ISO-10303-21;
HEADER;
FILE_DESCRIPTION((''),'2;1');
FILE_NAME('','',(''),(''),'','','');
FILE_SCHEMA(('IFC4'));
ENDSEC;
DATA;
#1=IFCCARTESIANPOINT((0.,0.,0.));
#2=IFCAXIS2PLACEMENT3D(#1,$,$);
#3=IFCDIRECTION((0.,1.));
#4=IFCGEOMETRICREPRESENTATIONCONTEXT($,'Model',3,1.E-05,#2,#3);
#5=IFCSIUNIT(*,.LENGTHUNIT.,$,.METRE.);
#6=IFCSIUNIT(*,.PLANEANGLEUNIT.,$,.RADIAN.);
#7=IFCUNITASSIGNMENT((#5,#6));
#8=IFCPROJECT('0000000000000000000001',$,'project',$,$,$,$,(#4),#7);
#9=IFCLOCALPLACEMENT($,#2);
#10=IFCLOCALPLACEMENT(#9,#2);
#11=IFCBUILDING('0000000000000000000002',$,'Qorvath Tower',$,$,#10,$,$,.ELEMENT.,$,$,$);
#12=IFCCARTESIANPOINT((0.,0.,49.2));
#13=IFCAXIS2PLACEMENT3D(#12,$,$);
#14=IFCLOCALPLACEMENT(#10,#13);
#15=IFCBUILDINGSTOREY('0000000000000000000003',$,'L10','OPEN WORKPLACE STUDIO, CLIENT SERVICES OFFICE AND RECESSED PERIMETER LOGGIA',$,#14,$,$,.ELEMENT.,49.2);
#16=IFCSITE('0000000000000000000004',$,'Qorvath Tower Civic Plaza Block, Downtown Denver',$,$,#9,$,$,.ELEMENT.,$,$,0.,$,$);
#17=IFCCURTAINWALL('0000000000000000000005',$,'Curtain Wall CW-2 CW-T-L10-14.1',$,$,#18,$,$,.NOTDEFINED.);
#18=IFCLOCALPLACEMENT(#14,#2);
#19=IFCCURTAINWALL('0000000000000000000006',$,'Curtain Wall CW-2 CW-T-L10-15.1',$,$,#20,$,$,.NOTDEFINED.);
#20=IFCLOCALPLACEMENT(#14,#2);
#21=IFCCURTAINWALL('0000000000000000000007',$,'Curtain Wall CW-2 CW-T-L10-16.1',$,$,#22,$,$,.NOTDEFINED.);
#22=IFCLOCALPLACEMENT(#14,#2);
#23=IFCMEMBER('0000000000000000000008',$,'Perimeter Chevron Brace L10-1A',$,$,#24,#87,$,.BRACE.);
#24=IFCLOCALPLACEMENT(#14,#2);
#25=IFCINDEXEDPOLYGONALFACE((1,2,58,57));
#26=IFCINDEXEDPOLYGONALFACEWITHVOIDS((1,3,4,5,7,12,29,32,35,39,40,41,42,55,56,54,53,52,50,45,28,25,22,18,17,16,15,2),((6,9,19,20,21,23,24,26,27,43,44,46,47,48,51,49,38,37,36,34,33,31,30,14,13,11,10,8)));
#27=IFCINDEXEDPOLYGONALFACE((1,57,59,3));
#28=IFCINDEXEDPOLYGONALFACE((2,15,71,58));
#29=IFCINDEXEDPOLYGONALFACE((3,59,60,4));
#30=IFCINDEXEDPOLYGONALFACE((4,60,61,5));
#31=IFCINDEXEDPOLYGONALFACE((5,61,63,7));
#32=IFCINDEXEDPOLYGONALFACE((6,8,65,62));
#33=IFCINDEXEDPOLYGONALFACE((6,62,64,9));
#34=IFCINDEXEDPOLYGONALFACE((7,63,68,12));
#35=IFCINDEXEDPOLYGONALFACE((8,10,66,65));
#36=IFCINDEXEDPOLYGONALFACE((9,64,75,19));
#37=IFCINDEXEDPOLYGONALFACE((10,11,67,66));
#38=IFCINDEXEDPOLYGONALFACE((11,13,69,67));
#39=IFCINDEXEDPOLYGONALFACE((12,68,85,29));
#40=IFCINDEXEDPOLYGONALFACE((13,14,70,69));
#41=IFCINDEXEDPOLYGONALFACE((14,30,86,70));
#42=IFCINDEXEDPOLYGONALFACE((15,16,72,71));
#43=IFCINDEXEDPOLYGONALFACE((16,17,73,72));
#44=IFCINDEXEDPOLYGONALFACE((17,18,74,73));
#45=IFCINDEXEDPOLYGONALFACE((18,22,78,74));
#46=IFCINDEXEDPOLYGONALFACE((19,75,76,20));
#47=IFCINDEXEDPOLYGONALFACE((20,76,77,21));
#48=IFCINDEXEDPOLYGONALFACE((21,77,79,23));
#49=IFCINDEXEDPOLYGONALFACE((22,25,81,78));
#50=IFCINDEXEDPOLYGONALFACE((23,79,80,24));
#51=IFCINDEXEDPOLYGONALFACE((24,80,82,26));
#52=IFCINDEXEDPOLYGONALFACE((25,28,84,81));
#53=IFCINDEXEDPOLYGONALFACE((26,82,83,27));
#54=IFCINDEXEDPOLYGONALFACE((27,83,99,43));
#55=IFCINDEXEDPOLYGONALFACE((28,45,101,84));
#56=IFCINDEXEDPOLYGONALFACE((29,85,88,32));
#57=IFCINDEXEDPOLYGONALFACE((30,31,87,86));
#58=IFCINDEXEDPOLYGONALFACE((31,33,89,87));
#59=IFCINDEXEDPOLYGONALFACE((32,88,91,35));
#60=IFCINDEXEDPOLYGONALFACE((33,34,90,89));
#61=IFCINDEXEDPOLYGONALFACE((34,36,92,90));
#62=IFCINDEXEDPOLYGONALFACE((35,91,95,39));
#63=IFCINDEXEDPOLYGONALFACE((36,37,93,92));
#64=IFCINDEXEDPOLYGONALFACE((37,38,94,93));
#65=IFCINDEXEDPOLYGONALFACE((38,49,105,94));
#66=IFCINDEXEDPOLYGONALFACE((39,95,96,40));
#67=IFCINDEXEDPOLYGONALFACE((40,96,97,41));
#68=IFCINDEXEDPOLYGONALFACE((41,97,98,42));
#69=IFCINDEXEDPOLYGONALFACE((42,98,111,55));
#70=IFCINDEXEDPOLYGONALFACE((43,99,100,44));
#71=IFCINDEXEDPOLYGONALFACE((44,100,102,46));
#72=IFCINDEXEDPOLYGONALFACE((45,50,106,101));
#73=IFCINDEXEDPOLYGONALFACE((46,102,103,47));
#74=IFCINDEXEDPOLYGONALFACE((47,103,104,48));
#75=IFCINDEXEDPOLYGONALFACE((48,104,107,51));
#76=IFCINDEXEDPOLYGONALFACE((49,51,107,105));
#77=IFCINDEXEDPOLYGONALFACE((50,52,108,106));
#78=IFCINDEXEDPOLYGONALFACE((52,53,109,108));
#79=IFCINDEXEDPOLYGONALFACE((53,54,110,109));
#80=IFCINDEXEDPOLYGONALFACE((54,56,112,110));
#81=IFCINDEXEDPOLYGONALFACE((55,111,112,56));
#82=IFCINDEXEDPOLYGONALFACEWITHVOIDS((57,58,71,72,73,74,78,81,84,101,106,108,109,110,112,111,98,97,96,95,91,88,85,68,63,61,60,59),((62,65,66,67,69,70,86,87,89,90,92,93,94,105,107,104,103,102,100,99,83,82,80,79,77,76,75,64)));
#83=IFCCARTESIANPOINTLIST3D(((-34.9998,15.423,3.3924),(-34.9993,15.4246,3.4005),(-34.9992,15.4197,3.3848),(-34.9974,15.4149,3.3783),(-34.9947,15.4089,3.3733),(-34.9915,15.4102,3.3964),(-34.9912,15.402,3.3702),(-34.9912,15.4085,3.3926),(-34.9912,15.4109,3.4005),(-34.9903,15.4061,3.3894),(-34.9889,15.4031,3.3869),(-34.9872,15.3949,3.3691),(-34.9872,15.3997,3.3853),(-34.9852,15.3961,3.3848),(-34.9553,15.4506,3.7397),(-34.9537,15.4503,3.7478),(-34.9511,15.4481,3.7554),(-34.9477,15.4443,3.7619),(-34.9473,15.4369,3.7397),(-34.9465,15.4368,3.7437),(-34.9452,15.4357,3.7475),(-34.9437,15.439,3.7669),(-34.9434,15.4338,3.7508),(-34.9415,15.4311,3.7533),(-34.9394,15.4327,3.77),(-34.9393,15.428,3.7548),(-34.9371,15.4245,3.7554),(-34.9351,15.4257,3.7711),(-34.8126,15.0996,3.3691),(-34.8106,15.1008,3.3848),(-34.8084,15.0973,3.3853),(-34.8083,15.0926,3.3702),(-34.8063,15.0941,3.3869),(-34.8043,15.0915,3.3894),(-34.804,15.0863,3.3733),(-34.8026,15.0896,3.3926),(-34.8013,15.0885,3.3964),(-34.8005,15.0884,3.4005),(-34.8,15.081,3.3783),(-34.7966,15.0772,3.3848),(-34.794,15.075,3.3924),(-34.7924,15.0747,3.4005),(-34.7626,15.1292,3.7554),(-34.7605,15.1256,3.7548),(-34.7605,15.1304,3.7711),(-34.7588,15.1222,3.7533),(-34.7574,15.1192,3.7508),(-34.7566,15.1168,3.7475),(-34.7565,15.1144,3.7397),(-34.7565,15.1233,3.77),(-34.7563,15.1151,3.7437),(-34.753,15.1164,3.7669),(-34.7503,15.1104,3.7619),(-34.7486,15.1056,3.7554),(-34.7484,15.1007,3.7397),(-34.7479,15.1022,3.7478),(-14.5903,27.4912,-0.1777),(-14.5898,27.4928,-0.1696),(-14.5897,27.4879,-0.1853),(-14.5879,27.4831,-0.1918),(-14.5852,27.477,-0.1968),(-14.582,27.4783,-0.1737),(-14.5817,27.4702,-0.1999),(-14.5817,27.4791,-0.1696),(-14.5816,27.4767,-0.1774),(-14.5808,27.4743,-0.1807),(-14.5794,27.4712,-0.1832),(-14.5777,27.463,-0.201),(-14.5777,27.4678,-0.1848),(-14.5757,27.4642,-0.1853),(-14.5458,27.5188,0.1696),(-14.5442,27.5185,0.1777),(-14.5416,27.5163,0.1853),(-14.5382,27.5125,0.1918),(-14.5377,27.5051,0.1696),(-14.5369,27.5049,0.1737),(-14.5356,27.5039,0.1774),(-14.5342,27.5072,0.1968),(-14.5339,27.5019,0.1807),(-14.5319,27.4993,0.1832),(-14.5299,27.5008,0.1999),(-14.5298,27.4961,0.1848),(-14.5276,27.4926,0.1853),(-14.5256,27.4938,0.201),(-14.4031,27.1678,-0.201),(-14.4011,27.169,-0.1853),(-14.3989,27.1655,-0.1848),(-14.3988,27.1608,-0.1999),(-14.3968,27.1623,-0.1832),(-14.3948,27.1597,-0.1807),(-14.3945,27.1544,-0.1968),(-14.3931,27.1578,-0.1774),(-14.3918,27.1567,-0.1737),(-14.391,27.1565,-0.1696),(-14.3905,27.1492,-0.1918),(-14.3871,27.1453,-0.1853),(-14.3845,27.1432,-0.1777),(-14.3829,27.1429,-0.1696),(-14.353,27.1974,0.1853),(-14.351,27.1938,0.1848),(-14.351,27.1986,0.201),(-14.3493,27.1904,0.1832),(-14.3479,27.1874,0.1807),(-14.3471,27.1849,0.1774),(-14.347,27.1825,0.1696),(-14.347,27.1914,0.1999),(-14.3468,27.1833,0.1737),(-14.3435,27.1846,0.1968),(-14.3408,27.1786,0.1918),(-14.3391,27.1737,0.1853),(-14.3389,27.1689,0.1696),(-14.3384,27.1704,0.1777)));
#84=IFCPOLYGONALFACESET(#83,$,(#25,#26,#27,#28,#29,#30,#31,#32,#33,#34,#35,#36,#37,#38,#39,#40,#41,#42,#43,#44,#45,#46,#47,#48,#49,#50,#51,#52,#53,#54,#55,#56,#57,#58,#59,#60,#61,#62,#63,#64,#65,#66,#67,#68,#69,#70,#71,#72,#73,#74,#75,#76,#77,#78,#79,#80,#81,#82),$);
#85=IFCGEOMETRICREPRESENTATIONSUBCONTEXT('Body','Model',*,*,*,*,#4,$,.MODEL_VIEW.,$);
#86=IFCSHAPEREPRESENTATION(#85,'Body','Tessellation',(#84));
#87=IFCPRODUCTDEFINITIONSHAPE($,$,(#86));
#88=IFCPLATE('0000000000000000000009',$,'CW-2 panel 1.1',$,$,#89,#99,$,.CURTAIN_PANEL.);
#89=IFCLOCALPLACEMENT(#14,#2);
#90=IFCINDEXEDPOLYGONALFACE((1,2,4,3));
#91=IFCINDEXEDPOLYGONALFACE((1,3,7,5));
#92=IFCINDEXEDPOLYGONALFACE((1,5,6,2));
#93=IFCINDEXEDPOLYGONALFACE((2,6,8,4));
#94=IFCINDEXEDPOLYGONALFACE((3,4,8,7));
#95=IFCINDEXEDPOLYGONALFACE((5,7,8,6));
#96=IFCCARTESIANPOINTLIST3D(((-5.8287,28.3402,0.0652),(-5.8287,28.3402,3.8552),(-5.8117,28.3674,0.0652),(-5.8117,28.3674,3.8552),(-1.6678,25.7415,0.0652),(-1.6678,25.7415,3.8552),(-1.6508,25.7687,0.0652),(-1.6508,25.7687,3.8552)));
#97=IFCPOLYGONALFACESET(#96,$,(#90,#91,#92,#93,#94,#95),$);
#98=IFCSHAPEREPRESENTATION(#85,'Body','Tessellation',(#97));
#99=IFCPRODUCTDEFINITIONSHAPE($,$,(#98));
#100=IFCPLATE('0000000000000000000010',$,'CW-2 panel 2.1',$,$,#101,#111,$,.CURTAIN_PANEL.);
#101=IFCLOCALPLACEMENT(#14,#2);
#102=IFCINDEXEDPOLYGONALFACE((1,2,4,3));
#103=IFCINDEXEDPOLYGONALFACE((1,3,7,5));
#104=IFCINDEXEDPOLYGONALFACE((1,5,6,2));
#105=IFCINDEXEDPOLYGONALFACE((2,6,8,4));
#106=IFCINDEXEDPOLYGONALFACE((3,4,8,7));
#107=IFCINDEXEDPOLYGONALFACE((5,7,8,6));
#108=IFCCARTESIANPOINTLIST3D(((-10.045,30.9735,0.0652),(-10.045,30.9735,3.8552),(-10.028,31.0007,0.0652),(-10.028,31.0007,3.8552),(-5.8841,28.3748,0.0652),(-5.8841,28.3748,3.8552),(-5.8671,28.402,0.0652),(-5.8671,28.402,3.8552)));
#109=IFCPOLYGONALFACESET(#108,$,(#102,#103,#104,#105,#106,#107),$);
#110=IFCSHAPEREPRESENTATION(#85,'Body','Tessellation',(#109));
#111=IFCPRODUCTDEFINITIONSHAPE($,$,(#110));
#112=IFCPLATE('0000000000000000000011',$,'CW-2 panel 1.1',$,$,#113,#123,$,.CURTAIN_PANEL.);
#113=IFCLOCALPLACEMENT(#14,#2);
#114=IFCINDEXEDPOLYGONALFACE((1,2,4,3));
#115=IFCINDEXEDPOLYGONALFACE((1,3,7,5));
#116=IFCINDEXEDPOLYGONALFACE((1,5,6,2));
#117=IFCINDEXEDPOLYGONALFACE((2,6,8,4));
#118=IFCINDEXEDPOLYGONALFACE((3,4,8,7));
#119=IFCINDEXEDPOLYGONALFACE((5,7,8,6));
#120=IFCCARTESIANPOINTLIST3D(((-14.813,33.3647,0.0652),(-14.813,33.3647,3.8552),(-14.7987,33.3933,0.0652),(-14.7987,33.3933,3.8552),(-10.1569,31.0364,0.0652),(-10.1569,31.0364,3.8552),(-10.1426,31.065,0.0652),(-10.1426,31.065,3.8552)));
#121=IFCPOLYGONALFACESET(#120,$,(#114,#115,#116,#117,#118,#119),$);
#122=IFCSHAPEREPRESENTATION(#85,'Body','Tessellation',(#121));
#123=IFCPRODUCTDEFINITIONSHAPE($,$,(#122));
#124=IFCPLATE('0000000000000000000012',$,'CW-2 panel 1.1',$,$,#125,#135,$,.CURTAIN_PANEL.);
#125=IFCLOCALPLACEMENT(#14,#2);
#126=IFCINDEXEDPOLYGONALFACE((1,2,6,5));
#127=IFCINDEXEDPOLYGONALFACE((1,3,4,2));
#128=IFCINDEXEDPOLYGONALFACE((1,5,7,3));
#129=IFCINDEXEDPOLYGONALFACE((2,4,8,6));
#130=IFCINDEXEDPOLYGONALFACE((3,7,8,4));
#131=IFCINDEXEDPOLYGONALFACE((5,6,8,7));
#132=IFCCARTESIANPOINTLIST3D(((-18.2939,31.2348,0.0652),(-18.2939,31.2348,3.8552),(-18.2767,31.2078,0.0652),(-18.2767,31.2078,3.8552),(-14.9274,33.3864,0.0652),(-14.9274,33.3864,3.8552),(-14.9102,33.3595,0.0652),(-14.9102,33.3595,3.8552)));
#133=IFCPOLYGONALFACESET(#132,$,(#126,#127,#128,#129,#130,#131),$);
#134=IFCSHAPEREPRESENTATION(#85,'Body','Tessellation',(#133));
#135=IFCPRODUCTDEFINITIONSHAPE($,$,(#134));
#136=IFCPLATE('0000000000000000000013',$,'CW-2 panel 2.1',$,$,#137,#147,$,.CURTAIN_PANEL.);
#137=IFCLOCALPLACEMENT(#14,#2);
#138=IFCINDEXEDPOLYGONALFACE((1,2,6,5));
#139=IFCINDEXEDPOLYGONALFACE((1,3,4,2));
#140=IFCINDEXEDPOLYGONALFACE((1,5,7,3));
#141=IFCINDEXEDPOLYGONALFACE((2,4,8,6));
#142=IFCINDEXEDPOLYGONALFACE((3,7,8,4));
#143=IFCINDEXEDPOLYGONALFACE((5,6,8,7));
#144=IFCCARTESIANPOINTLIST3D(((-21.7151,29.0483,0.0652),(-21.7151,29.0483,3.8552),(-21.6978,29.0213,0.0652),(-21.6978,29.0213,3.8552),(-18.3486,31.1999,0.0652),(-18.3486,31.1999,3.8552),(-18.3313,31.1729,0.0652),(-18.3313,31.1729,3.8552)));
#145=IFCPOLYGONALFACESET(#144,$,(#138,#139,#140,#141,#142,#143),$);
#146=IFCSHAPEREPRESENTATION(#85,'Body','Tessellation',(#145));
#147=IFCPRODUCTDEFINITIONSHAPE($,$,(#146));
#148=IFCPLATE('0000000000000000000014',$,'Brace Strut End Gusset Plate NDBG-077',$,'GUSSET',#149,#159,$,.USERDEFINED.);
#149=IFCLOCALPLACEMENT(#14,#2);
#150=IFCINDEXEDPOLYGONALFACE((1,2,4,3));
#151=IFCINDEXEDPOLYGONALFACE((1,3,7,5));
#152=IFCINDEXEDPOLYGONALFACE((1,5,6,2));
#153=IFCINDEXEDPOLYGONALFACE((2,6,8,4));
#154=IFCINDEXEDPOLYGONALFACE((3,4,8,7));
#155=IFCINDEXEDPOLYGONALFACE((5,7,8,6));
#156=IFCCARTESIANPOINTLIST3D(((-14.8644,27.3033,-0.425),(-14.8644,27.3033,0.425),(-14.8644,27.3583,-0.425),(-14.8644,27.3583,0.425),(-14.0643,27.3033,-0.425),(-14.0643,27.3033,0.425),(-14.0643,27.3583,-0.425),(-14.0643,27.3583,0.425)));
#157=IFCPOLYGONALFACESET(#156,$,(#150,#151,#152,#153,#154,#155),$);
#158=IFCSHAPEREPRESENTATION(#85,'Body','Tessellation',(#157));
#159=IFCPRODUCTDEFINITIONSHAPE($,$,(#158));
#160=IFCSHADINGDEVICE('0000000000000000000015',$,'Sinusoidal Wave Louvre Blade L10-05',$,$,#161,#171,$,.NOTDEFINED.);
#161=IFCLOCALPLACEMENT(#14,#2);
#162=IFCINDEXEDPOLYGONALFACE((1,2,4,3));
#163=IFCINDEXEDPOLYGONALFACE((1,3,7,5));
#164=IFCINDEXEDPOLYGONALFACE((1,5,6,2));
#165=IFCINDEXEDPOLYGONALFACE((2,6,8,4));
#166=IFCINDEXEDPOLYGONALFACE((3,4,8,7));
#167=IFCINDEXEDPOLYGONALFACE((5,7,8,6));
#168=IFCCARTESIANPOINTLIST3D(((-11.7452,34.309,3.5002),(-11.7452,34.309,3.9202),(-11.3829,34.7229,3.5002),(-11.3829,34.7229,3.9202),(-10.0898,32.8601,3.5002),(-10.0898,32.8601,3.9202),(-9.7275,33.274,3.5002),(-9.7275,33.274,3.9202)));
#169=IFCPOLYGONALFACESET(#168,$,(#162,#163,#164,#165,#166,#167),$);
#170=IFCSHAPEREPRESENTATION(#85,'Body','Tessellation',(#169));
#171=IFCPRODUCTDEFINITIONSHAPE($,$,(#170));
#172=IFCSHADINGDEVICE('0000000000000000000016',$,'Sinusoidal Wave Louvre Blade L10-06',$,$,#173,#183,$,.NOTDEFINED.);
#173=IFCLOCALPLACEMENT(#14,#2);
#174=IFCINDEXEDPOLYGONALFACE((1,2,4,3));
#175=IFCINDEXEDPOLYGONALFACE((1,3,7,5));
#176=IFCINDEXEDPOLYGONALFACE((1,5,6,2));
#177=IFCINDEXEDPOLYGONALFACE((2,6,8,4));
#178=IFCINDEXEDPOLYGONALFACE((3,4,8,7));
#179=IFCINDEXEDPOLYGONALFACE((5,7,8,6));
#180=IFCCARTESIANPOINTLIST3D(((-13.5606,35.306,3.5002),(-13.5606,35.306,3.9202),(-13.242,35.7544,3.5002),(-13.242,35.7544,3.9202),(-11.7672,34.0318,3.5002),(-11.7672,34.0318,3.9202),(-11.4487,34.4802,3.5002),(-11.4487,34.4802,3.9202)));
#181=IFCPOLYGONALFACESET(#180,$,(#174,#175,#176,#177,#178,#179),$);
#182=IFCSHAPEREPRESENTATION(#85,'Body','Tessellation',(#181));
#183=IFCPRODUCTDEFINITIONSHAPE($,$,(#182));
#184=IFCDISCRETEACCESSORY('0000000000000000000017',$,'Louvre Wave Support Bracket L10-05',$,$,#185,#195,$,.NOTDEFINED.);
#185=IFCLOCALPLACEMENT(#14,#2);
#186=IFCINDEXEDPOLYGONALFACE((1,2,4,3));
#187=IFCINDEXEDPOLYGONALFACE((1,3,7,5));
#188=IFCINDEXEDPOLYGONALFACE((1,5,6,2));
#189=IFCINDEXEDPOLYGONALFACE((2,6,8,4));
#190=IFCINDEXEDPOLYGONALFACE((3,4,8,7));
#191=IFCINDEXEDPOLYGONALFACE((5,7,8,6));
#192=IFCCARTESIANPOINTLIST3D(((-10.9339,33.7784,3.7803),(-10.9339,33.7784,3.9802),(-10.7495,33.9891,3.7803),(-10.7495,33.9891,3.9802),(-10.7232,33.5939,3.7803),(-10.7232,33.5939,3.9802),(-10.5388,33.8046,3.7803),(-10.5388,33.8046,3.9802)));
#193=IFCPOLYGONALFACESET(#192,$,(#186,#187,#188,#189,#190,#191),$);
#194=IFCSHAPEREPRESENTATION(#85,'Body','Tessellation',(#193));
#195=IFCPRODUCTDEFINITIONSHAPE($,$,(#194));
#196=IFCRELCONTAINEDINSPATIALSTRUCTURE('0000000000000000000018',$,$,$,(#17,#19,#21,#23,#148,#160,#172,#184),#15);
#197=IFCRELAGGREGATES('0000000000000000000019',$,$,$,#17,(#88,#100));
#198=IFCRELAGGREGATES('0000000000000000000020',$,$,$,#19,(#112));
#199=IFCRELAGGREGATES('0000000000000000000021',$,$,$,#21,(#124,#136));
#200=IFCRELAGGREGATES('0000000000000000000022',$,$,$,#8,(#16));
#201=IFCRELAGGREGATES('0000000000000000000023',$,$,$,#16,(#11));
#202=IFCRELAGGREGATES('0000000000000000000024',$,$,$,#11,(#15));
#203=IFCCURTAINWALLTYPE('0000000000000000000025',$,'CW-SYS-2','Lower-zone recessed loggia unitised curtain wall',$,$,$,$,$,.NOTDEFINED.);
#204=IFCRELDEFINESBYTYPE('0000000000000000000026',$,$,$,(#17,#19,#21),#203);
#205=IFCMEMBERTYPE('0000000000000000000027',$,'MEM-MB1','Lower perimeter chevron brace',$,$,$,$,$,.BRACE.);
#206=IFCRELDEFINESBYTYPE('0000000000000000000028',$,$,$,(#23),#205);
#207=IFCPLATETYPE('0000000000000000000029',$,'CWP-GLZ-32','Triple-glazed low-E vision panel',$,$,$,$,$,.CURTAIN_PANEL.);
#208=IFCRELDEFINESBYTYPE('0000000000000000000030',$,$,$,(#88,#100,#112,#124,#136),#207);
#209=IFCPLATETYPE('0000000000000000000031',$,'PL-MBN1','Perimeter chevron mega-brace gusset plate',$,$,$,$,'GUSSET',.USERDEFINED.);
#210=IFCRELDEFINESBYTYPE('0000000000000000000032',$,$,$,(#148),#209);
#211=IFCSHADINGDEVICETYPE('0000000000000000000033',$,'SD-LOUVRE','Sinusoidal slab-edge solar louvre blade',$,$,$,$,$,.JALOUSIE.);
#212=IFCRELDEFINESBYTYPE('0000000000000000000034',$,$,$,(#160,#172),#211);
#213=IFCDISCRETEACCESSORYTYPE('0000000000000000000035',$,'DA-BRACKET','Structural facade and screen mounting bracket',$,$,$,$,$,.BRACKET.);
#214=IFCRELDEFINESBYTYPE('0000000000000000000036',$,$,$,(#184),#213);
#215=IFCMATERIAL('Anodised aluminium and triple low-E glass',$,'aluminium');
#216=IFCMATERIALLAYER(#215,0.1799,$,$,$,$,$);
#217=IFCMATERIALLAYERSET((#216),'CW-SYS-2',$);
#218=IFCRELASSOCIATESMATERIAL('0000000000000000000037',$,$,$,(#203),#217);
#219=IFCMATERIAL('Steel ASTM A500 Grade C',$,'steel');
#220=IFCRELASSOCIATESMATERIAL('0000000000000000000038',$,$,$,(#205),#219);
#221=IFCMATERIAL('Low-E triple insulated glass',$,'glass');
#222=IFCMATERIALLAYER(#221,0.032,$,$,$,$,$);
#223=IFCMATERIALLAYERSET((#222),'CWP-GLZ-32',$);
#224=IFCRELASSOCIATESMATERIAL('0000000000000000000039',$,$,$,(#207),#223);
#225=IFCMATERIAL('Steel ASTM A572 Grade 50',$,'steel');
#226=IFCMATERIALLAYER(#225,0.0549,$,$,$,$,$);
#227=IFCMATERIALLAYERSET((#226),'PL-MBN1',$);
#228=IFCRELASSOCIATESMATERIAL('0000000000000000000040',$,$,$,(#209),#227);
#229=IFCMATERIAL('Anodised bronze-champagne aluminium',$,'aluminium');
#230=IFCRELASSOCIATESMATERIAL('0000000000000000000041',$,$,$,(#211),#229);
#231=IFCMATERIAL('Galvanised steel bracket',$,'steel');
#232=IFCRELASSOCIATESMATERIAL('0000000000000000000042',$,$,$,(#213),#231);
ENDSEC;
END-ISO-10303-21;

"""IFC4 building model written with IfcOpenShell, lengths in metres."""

from ifc_helpers import new_model, si_unit, direction, frame, origin, origin_2d, place, context, subcontext, project, spatial, rectangle, hollow_rectangle, extrude, material, layer, layer_set, material_profile, profile_set, type_object, element, aggregate, save


model = new_model("IFC4")

# Units and contexts
model_context = context("Model", 3, precision=1e-05, world=origin(), true_north=direction((0.0, 1.0)))
body_context = subcontext(model_context, "Body", "Model", "MODEL_VIEW")
ifc_project = project(units=[si_unit("LENGTHUNIT", "METRE"), si_unit("PLANEANGLEUNIT", "RADIAN")], contexts=[model_context])

# Site, building, storey
site_placement = place(None, origin())
site = spatial("IfcSite", under=ifc_project, at=site_placement, Name="Qorvath Tower Civic Plaza Block, Downtown Denver", CompositionType="ELEMENT", RefElevation=0.0)
building_placement = place(site_placement, origin())
building = spatial("IfcBuilding", under=site, at=building_placement, Name="Qorvath Tower", CompositionType="ELEMENT")
storey_placement = place(building_placement, frame((0.0, 0.0, 49.2)))
storey = spatial("IfcBuildingStorey", under=building, at=storey_placement, Name="L10", Description="OPEN WORKPLACE STUDIO, CLIENT SERVICES OFFICE AND RECESSED PERIMETER LOGGIA", CompositionType="ELEMENT", Elevation=49.2)

# Curtain walls
ifc_material_1 = material(Name="Anodised aluminium and triple low-E glass", Category="aluminium")
ifc_layer_1 = layer(ifc_material_1, 0.1799)
ifc_layer_set_1 = layer_set([ifc_layer_1], Name="CW-SYS-2")
curtain_wall_type = type_object("IfcCurtainWallType", Name="CW-SYS-2", Description="Lower-zone recessed loggia unitised curtain wall", PredefinedType="NOTDEFINED", material=ifc_layer_set_1)
curtain_wall_1_placement = place(storey_placement, origin())
curtain_wall_1 = element("IfcCurtainWall", 1, at=curtain_wall_1_placement, inside=storey, type_object=curtain_wall_type, Name="Curtain Wall CW-2 CW-T-L10-14.1", PredefinedType="NOTDEFINED")
curtain_wall_2_placement = place(storey_placement, origin())
curtain_wall_2 = element("IfcCurtainWall", 2, at=curtain_wall_2_placement, inside=storey, type_object=curtain_wall_type, Name="Curtain Wall CW-2 CW-T-L10-15.1", PredefinedType="NOTDEFINED")
curtain_wall_3_placement = place(storey_placement, origin())
curtain_wall_3 = element("IfcCurtainWall", 3, at=curtain_wall_3_placement, inside=storey, type_object=curtain_wall_type, Name="Curtain Wall CW-2 CW-T-L10-16.1", PredefinedType="NOTDEFINED")

# Member
ifc_material_2 = material(Name="Steel ASTM A500 Grade C", Category="steel")
ifc_material_profile_1 = material_profile(ifc_material_2, hollow_rectangle(XDim=0.4065, YDim=0.4065, WallThickness=0.0159, InnerFilletRadius=0.0159, OuterFilletRadius=0.0317, at=origin_2d()), Name="HSS 406x406x16")
ifc_profile_set_1 = profile_set([ifc_material_profile_1], Name="Steel ASTM A500 Grade C")
member_type_1 = type_object("IfcMemberType", Name="MEM-MB1", Description="Lower perimeter chevron brace", PredefinedType="BRACE", material=ifc_profile_set_1)
member_1_placement = place(storey_placement, frame((-14.4644, 27.3308, 0.0), z_axis=(-0.851184, -0.503306, 0.148891), x_axis=(0.508979, -0.860779, 0.0)))
element("IfcMember", 4, at=member_1_placement, inside=storey, type_object=member_type_1, Name="Perimeter Chevron Brace L10-1A", PredefinedType="BRACE", context=body_context, shape_type="SweptSolid", body=[
    extrude(hollow_rectangle(XDim=0.4065, YDim=0.4065, WallThickness=0.0159, InnerFilletRadius=0.0159, OuterFilletRadius=0.0317, at=origin_2d()), origin(), (0.0, 0.0, 1.0), 23.9778),
])

# Plates
ifc_material_3 = material(Name="Low-E triple insulated glass", Category="glass")
ifc_layer_2 = layer(ifc_material_3, 0.032)
ifc_layer_set_2 = layer_set([ifc_layer_2], Name="CWP-GLZ-32")
plate_type_1 = type_object("IfcPlateType", Name="CWP-GLZ-32", Description="Triple-glazed low-E vision panel", PredefinedType="CURTAIN_PANEL", material=ifc_layer_set_2)
plate_1_placement = place(storey_placement, frame((-3.7397, 27.0544, 0.0652), z_axis=(0.0, 0.0, 1.0), x_axis=(-0.84817, 0.529724, 0.0)))
plate_1 = element("IfcPlate", 5, at=plate_1_placement, type_object=plate_type_1, Name="CW-2 panel 1.1", PredefinedType="CURTAIN_PANEL", context=body_context, shape_type="SweptSolid", body=[
    extrude(rectangle(XDim=4.9058, YDim=0.032, at=origin_2d()), origin(), (0.0, 0.0, 1.0), 3.79),
])
plate_2_placement = place(storey_placement, frame((-7.9561, 29.6877, 0.0652), z_axis=(0.0, 0.0, 1.0), x_axis=(-0.84817, 0.529724, 0.0)))
plate_2 = element("IfcPlate", 6, at=plate_2_placement, type_object=plate_type_1, Name="CW-2 panel 2.1", PredefinedType="CURTAIN_PANEL", context=body_context, shape_type="SweptSolid", body=[
    extrude(rectangle(XDim=4.9058, YDim=0.032, at=origin_2d()), origin(), (0.0, 0.0, 1.0), 3.79),
])
aggregate(curtain_wall_1, [plate_1, plate_2])
plate_3_placement = place(storey_placement, frame((-12.4778, 32.2148, 0.0652), z_axis=(0.0, 0.0, 1.0), x_axis=(-0.894405, 0.447259, 0.0)))
plate_3 = element("IfcPlate", 7, at=plate_3_placement, type_object=plate_type_1, Name="CW-2 panel 1.1", PredefinedType="CURTAIN_PANEL", context=body_context, shape_type="SweptSolid", body=[
    extrude(rectangle(XDim=5.2058, YDim=0.032, at=origin_2d()), origin(), (0.0, 0.0, 1.0), 3.79),
])
aggregate(curtain_wall_2, [plate_3])
plate_4_placement = place(storey_placement, frame((-16.6021, 32.2971, 0.0652), z_axis=(0.0, 0.0, 1.0), x_axis=(-0.842604, -0.538533, 0.0)))
plate_4 = element("IfcPlate", 8, at=plate_4_placement, type_object=plate_type_1, Name="CW-2 panel 1.1", PredefinedType="CURTAIN_PANEL", context=body_context, shape_type="SweptSolid", body=[
    extrude(rectangle(XDim=3.9954, YDim=0.032, at=origin_2d()), origin(), (0.0, 0.0, 1.0), 3.79),
])
plate_5_placement = place(storey_placement, frame((-20.0232, 30.1106, 0.0652), z_axis=(0.0, 0.0, 1.0), x_axis=(-0.842604, -0.538533, 0.0)))
plate_5 = element("IfcPlate", 9, at=plate_5_placement, type_object=plate_type_1, Name="CW-2 panel 2.1", PredefinedType="CURTAIN_PANEL", context=body_context, shape_type="SweptSolid", body=[
    extrude(rectangle(XDim=3.9954, YDim=0.032, at=origin_2d()), origin(), (0.0, 0.0, 1.0), 3.79),
])
aggregate(curtain_wall_3, [plate_4, plate_5])
ifc_material_4 = material(Name="Steel ASTM A572 Grade 50", Category="steel")
ifc_layer_3 = layer(ifc_material_4, 0.0549)
ifc_layer_set_3 = layer_set([ifc_layer_3], Name="PL-MBN1")
plate_type_2 = type_object("IfcPlateType", Name="PL-MBN1", Description="Perimeter chevron mega-brace gusset plate", ElementType="GUSSET", PredefinedType="USERDEFINED", material=ifc_layer_set_3)
plate_6_placement = place(storey_placement, frame((-14.4644, 27.3308, -0.425), z_axis=(0.0, 0.0, 1.0), x_axis=(1.0, 0.0, 0.0)))
element("IfcPlate", 10, at=plate_6_placement, inside=storey, type_object=plate_type_2, Name="Brace Strut End Gusset Plate NDBG-077", ObjectType="GUSSET", PredefinedType="USERDEFINED", context=body_context, shape_type="SweptSolid", body=[
    extrude(rectangle(XDim=0.8, YDim=0.0549, at=origin_2d()), origin(), (0.0, 0.0, 1.0), 0.8501),
])

# Shading devices
ifc_material_5 = material(Name="Anodised bronze-champagne aluminium", Category="aluminium")
shading_device_type = type_object("IfcShadingDeviceType", Name="SD-LOUVRE", Description="Sinusoidal slab-edge solar louvre blade", PredefinedType="JALOUSIE", material=ifc_material_5)
for number, where, z_axis, x_axis, name in (
    (11, (-10.7363, 33.7915, 3.5002), (0.0, 0.0, 1.0), (-0.752465, 0.658632, 0.0), "Sinusoidal Wave Louvre Blade L10-05"),
    (12, (-12.5046, 34.8931, 3.5002), (0.0, 0.0, 1.0), (-0.815188, 0.579196, 0.0), "Sinusoidal Wave Louvre Blade L10-06"),
):
    element("IfcShadingDevice", number, at=place(storey_placement, frame(where, z_axis=z_axis, x_axis=x_axis)), inside=storey, type_object=shading_device_type, Name=name, PredefinedType="NOTDEFINED", context=body_context, shape_type="SweptSolid", body=[
        extrude(rectangle(XDim=2.2, YDim=0.55, at=origin_2d()), origin(), (0.0, 0.0, 1.0), 0.4199),
    ])

# Discrete accessory
ifc_material_6 = material(Name="Galvanised steel bracket", Category="steel")
discrete_accessory_type = type_object("IfcDiscreteAccessoryType", Name="DA-BRACKET", Description="Structural facade and screen mounting bracket", PredefinedType="BRACKET", material=ifc_material_6)
for number, where, z_axis, x_axis, name in (
    (13, (-10.7363, 33.7915, 3.7803), (0.0, 0.0, 1.0), (-0.752465, 0.658632, 0.0), "Louvre Wave Support Bracket L10-05"),
):
    element("IfcDiscreteAccessory", number, at=place(storey_placement, frame(where, z_axis=z_axis, x_axis=x_axis)), inside=storey, type_object=discrete_accessory_type, Name=name, PredefinedType="NOTDEFINED", context=body_context, shape_type="SweptSolid", body=[
        extrude(rectangle(XDim=0.28, YDim=0.28, at=origin_2d()), origin(), (0.0, 0.0, 1.0), 0.2),
    ])

save(model, "model.ifc")
